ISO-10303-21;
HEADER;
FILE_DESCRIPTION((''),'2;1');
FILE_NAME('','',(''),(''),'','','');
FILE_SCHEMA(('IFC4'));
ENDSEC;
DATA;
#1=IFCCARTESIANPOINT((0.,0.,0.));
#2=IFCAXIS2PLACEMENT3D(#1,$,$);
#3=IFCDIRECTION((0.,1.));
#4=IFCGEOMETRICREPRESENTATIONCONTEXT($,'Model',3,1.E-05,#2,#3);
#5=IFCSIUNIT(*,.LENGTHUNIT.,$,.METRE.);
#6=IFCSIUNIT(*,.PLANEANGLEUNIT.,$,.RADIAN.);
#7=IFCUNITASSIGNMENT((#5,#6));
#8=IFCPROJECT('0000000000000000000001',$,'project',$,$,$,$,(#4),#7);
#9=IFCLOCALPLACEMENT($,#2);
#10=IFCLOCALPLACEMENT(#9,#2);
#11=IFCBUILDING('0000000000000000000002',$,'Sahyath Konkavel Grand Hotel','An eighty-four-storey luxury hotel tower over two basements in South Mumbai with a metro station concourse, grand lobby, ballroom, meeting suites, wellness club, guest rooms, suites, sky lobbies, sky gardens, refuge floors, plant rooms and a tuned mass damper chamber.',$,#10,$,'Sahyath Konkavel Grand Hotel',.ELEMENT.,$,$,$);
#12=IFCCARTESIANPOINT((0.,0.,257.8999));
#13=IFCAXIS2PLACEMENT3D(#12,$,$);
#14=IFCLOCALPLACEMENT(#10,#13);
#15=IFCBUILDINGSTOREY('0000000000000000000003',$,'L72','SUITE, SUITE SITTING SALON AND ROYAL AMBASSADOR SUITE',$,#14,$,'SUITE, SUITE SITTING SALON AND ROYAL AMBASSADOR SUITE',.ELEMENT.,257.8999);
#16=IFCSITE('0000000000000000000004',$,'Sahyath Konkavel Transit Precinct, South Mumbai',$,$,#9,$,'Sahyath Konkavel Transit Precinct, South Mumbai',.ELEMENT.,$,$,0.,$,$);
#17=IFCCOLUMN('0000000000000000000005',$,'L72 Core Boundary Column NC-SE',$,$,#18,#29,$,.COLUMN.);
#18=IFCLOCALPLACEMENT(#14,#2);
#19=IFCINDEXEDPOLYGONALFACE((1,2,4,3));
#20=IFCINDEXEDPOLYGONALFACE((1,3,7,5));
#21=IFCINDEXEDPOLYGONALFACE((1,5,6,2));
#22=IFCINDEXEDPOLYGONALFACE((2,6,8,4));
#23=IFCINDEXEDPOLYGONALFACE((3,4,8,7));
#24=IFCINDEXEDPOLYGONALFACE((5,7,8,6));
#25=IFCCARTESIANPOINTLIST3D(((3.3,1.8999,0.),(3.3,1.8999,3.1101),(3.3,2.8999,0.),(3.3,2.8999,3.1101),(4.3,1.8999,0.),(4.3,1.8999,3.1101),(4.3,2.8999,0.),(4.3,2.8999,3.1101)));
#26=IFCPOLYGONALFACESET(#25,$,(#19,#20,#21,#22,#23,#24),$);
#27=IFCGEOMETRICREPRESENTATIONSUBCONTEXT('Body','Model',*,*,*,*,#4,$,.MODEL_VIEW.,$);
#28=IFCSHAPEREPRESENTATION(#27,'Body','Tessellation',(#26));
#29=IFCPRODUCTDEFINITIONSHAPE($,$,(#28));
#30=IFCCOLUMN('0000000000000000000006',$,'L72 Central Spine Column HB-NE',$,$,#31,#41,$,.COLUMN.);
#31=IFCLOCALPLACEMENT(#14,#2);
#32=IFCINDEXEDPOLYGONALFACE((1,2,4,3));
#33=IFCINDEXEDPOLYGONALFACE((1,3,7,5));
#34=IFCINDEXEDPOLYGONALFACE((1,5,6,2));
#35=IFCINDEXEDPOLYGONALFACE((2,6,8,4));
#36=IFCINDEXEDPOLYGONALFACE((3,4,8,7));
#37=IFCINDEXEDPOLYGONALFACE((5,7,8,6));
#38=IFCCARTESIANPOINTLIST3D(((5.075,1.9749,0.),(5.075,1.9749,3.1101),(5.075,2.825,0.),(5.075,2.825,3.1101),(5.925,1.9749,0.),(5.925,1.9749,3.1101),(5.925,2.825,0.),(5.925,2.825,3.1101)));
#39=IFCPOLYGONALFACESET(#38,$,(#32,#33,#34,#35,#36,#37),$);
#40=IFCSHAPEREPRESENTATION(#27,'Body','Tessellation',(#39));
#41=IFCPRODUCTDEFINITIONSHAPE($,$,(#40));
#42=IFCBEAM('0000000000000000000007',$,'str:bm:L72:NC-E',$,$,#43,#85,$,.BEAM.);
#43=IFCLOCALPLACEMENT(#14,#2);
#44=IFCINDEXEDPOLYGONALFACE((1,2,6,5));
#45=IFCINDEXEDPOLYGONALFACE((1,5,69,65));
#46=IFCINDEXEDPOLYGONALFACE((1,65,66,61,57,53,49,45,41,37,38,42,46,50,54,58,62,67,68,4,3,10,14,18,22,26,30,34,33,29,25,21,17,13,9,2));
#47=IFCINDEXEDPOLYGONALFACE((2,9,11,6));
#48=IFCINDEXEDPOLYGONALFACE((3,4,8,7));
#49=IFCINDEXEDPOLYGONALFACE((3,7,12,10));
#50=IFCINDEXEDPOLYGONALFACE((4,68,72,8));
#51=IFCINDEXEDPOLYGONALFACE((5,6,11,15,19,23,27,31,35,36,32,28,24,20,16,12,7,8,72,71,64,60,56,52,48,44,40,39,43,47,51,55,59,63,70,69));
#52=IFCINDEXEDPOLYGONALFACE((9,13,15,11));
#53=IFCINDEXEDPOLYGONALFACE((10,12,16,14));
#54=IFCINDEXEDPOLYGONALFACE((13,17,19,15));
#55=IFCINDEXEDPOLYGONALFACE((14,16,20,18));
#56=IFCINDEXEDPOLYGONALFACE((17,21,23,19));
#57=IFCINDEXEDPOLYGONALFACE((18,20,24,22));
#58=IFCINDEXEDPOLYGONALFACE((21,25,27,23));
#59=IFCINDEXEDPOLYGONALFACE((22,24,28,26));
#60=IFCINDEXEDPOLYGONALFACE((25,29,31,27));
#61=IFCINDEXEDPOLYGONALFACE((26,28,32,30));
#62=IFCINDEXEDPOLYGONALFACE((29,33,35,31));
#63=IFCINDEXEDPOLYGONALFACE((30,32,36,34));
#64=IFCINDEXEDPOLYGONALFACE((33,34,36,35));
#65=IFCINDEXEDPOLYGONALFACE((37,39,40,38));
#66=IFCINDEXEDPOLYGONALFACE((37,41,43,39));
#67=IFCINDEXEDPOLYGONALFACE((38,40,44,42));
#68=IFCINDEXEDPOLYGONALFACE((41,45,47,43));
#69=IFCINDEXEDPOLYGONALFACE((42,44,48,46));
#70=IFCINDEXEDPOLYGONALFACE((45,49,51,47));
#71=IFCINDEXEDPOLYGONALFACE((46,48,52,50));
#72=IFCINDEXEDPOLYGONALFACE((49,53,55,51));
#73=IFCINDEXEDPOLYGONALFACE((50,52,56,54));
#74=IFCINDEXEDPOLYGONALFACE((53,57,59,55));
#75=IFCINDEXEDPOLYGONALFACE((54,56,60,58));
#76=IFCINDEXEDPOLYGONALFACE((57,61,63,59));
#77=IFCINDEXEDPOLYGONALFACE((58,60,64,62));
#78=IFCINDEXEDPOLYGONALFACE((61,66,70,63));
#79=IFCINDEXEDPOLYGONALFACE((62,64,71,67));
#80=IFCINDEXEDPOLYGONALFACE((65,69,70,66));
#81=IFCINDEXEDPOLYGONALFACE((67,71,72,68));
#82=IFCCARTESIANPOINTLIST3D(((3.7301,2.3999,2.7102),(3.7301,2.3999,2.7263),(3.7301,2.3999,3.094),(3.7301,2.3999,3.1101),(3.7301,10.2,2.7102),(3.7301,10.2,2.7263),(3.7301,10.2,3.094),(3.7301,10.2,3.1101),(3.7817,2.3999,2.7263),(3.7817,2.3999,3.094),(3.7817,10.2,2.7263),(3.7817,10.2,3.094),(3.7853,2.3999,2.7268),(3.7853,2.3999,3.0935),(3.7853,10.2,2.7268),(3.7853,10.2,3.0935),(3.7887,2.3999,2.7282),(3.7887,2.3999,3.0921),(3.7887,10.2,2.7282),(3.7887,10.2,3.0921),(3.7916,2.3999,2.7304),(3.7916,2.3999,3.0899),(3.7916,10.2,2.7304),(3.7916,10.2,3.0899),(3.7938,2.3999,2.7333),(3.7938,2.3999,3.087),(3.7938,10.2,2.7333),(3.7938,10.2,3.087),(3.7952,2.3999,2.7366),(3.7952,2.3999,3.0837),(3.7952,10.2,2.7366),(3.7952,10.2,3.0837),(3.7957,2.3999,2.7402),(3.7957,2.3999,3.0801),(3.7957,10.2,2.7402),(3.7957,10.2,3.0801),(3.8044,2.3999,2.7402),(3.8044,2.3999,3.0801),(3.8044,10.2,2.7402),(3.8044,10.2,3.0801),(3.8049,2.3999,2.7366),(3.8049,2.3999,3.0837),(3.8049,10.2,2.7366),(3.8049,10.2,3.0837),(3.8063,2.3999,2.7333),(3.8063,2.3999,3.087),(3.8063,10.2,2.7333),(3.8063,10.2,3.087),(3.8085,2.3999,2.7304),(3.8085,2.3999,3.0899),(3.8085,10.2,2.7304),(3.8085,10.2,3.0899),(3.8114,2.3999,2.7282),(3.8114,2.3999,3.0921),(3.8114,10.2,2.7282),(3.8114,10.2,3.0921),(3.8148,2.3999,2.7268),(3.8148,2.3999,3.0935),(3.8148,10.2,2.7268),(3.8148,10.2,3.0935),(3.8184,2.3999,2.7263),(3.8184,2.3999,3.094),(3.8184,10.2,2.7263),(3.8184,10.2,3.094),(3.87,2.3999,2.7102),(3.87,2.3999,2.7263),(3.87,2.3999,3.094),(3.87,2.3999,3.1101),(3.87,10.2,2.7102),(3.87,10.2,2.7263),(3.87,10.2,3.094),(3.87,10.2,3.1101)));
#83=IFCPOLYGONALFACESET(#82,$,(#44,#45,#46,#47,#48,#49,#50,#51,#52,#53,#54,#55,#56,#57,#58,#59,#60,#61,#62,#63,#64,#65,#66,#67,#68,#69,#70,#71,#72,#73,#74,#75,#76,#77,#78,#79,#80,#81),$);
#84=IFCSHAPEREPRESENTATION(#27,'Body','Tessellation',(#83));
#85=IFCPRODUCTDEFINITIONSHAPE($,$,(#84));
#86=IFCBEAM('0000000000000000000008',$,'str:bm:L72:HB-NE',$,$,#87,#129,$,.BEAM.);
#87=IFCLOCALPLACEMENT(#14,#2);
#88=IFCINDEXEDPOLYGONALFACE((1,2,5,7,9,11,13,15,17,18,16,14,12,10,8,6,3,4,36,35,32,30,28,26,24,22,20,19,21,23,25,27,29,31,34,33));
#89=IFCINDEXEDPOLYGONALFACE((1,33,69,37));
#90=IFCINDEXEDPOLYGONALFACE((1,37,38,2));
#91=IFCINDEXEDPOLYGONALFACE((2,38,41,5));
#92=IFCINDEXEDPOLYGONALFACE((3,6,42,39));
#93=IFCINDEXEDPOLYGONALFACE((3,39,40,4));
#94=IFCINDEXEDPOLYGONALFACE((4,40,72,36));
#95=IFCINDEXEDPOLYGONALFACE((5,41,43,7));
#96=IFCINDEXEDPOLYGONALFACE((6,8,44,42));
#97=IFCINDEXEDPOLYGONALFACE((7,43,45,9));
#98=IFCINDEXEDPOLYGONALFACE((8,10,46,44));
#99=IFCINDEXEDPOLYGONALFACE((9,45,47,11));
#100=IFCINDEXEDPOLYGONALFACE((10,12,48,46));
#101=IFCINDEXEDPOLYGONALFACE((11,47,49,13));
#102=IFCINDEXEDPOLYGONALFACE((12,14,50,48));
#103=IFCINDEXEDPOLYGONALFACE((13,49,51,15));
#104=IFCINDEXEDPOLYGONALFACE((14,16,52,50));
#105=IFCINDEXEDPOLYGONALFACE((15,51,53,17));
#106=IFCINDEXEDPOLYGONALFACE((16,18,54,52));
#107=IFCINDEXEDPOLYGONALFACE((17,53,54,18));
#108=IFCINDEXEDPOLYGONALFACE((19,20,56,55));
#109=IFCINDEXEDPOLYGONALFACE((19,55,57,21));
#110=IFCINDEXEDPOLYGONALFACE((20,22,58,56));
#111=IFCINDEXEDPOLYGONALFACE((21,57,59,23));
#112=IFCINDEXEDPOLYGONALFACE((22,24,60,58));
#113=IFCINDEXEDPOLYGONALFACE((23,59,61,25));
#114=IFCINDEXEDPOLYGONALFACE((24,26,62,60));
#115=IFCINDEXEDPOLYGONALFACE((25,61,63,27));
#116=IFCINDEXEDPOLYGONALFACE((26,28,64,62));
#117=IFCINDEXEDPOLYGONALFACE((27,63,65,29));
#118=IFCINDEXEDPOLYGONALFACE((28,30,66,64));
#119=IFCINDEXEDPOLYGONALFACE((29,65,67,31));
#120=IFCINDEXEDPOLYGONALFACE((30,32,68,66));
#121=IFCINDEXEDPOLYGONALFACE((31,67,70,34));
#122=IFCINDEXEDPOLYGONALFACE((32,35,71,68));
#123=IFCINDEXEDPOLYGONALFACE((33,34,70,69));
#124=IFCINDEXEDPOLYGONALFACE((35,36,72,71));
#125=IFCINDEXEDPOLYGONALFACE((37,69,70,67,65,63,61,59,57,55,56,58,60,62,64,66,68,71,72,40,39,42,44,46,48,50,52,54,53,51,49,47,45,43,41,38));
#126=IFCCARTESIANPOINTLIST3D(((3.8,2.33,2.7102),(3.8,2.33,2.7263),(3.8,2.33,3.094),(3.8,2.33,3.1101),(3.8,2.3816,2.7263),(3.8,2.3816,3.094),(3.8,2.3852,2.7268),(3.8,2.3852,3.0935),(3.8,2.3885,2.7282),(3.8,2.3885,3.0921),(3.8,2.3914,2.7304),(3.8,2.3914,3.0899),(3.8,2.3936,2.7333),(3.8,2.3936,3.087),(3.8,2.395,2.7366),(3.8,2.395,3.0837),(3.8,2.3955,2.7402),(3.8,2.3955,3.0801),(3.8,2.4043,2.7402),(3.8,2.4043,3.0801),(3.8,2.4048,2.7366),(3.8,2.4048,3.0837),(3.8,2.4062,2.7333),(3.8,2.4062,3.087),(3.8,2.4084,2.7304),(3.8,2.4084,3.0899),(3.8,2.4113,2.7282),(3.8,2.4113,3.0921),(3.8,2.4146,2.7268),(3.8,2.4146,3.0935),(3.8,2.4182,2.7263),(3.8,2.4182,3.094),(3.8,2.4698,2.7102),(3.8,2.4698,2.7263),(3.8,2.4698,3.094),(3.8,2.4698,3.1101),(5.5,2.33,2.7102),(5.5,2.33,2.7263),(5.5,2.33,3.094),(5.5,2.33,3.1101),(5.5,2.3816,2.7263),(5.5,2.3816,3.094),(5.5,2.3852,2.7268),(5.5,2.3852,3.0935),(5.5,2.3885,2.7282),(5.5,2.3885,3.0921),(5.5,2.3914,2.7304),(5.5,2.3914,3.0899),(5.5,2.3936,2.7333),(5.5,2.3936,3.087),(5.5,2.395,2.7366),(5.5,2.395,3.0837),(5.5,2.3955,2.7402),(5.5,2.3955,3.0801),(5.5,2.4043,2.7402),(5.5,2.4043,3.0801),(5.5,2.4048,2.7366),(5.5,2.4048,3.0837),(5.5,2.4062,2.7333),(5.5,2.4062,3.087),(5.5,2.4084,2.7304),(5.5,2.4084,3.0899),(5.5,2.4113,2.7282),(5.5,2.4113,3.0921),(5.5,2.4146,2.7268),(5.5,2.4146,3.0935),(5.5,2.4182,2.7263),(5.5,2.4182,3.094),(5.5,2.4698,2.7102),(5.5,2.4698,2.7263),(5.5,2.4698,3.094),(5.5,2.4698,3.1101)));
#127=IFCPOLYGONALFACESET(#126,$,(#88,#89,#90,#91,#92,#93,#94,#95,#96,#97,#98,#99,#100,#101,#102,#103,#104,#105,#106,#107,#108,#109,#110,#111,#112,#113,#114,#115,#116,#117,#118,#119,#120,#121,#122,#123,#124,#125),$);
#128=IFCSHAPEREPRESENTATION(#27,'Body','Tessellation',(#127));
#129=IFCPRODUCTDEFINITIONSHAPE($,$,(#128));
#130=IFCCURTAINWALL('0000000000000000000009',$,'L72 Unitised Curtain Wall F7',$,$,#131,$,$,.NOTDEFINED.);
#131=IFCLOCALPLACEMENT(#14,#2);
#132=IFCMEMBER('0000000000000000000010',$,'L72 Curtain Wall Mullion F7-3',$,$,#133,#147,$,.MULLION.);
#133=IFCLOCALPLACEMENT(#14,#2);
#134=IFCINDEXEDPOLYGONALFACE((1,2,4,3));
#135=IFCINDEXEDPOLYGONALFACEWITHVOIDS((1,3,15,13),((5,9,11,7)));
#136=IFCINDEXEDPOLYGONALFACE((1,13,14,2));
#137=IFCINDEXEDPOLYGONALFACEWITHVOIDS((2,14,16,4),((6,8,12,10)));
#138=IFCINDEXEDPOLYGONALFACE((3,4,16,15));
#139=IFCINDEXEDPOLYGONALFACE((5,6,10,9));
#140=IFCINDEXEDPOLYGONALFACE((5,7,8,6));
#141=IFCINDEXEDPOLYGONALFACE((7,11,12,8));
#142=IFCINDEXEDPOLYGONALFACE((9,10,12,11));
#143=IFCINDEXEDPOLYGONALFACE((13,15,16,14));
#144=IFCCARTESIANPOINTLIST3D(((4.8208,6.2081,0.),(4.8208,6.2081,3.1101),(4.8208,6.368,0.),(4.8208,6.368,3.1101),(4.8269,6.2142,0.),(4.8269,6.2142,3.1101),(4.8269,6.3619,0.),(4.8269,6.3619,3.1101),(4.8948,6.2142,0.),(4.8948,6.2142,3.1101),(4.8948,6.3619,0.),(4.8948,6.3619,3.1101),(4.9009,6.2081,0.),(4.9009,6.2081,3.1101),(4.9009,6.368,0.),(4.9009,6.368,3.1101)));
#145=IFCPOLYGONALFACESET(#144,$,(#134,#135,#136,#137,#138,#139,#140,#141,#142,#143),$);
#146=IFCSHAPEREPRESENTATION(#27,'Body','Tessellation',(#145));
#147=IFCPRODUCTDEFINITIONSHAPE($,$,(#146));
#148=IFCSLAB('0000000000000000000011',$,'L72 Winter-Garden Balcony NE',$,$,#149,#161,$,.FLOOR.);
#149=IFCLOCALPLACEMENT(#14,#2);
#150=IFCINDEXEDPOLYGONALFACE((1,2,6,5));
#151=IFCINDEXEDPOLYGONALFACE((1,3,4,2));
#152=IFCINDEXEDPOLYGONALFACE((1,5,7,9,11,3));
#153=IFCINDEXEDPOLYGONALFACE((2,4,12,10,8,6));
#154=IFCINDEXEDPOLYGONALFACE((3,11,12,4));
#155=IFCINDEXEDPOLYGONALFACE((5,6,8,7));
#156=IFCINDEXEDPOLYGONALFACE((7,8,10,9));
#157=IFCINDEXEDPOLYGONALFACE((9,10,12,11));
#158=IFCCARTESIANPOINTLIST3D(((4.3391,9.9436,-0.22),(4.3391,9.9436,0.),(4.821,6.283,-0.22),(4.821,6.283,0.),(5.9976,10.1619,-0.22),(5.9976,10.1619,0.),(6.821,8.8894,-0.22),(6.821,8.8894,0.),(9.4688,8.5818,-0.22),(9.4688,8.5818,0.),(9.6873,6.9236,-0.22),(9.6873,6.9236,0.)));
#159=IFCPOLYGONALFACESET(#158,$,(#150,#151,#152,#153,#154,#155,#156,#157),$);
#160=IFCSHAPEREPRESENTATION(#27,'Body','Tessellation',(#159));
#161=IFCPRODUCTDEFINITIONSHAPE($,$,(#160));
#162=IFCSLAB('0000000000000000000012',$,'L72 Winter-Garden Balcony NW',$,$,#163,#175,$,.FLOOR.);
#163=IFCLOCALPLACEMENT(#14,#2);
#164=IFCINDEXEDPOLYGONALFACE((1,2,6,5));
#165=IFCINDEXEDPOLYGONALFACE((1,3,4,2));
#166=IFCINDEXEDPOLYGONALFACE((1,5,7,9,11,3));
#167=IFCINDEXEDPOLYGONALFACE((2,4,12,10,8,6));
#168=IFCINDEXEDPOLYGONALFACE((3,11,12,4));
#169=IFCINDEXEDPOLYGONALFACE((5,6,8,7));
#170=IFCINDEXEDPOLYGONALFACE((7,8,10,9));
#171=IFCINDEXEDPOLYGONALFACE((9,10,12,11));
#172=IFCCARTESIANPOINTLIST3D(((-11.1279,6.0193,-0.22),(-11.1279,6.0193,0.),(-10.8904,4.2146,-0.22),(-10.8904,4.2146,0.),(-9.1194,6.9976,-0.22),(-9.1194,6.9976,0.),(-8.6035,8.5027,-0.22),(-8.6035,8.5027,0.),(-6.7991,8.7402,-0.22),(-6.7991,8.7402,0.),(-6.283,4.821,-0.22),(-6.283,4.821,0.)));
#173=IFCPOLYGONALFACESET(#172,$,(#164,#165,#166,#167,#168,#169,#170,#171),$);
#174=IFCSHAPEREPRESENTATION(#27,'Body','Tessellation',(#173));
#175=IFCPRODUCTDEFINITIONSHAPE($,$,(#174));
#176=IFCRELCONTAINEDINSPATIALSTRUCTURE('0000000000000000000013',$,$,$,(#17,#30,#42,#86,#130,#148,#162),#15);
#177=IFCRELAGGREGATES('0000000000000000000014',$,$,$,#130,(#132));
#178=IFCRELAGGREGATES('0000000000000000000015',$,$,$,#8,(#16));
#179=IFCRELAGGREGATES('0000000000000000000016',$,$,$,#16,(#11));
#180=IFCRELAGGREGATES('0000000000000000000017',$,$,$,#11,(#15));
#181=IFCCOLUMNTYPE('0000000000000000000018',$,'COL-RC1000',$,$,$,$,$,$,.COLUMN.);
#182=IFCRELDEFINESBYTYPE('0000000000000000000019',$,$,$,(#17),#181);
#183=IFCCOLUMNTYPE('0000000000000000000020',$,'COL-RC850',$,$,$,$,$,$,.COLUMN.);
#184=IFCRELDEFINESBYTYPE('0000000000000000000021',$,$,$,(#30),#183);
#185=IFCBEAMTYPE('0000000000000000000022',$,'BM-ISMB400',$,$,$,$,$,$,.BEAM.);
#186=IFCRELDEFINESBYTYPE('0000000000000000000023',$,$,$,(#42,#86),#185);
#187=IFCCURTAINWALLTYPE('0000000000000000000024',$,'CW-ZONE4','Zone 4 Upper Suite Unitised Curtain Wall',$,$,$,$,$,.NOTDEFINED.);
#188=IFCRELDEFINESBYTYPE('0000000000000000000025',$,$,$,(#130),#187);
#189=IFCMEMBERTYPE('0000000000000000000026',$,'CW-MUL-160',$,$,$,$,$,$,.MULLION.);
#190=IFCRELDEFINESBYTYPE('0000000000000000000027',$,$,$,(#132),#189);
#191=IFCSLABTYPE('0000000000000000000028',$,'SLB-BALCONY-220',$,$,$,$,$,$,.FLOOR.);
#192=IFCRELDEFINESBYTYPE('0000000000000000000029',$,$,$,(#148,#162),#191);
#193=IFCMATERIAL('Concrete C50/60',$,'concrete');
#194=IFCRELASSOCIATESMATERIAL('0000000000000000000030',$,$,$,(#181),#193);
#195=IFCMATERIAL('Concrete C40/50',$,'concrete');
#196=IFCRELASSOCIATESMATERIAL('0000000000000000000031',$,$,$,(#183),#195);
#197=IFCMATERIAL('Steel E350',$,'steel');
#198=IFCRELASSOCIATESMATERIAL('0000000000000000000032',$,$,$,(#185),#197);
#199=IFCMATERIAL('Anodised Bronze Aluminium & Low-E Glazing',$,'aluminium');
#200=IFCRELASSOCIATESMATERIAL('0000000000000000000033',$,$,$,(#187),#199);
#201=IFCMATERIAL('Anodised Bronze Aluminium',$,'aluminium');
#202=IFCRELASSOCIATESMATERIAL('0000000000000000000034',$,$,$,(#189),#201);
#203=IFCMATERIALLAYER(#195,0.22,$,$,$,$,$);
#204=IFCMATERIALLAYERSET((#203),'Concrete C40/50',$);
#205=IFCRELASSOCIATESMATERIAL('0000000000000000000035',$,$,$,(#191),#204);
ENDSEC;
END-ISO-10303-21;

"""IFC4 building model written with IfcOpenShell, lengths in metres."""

from ifc_helpers import new_model, si_unit, direction, frame, origin, origin_2d, place, context, subcontext, project, spatial, polyline, rectangle, hollow_rectangle, i_section, outline, extrude, source, transform, mapped, material, layer, layer_set, material_profile, profile_set, type_object, element, aggregate, save


model = new_model("IFC4")

# Units and contexts
model_context = context("Model", 3, precision=1e-05, world=origin(), true_north=direction((0.0, 1.0)))
body_context = subcontext(model_context, "Body", "Model", "MODEL_VIEW")
ifc_project = project(units=[si_unit("LENGTHUNIT", "METRE"), si_unit("PLANEANGLEUNIT", "RADIAN")], contexts=[model_context])

# Site, building, storey
site_placement = place(None, origin())
site = spatial("IfcSite", under=ifc_project, at=site_placement, Name="Sahyath Konkavel Transit Precinct, South Mumbai", LongName="Sahyath Konkavel Transit Precinct, South Mumbai", CompositionType="ELEMENT", RefElevation=0.0)
building_placement = place(site_placement, origin())
building = spatial("IfcBuilding", under=site, at=building_placement, Name="Sahyath Konkavel Grand Hotel", Description="An eighty-four-storey luxury hotel tower over two basements in South Mumbai with a metro station concourse, grand lobby, ballroom, meeting suites, wellness club, guest rooms, suites, sky lobbies, sky gardens, refuge floors, plant rooms and a tuned mass damper chamber.", LongName="Sahyath Konkavel Grand Hotel", CompositionType="ELEMENT")
storey_placement = place(building_placement, frame((0.0, 0.0, 257.8999)))
storey = spatial("IfcBuildingStorey", under=building, at=storey_placement, Name="L72", Description="SUITE, SUITE SITTING SALON AND ROYAL AMBASSADOR SUITE", LongName="SUITE, SUITE SITTING SALON AND ROYAL AMBASSADOR SUITE", CompositionType="ELEMENT", Elevation=257.8999)

# Columns
ifc_material_1 = material(Name="Concrete C50/60", Category="concrete")
ifc_material_profile_1 = material_profile(ifc_material_1, rectangle(XDim=1.0, YDim=1.0, at=origin_2d()), Name="RC 1000x1000")
ifc_profile_set_1 = profile_set([ifc_material_profile_1], Name="Concrete C50/60")
column_type_1 = type_object("IfcColumnType", Name="COL-RC1000", PredefinedType="COLUMN", material=ifc_profile_set_1)
shared_shape_1 = source(origin(), body_context, "Body", "SweptSolid", [
    extrude(rectangle(XDim=1.0, YDim=1.0, at=origin_2d()), origin(), (0.0, 0.0, 1.0), 3.1101),
])
column_1_placement = place(storey_placement, frame((3.8, 2.3999, 0.0), z_axis=(0.0, 0.0, 1.0), x_axis=(1.0, 0.0, 0.0)))
element("IfcColumn", 1, at=column_1_placement, inside=storey, type_object=column_type_1, Name="L72 Core Boundary Column NC-SE", PredefinedType="COLUMN", context=body_context, shape_type="MappedRepresentation", body=[
    mapped(shared_shape_1, transform((0.0, 0.0, 0.0), scale=1.0)),
])
ifc_material_2 = material(Name="Concrete C40/50", Category="concrete")
ifc_material_profile_2 = material_profile(ifc_material_2, rectangle(XDim=0.8501, YDim=0.8501, at=origin_2d()), Name="RC 850x850")
ifc_profile_set_2 = profile_set([ifc_material_profile_2], Name="Concrete C40/50")
column_type_2 = type_object("IfcColumnType", Name="COL-RC850", PredefinedType="COLUMN", material=ifc_profile_set_2)
shared_shape_2 = source(origin(), body_context, "Body", "SweptSolid", [
    extrude(rectangle(XDim=0.8501, YDim=0.8501, at=origin_2d()), origin(), (0.0, 0.0, 1.0), 3.1101),
])
column_2_placement = place(storey_placement, frame((5.5, 2.3999, 0.0), z_axis=(0.0, 0.0, 1.0), x_axis=(1.0, 0.0, 0.0)))
element("IfcColumn", 2, at=column_2_placement, inside=storey, type_object=column_type_2, Name="L72 Central Spine Column HB-NE", PredefinedType="COLUMN", context=body_context, shape_type="MappedRepresentation", body=[
    mapped(shared_shape_2, transform((0.0, 0.0, 0.0), scale=1.0)),
])

# Beams
ifc_material_3 = material(Name="Steel E350", Category="steel")
ifc_material_profile_3 = material_profile(ifc_material_3, i_section(OverallWidth=0.1399, OverallDepth=0.3999, WebThickness=0.0088, FlangeThickness=0.0161, FilletRadius=0.0139, at=origin_2d()), Name="ISMB 400")
ifc_profile_set_3 = profile_set([ifc_material_profile_3], Name="Steel E350")
beam_type = type_object("IfcBeamType", Name="BM-ISMB400", PredefinedType="BEAM", material=ifc_profile_set_3)
shared_shape_3 = source(origin(), body_context, "Body", "SweptSolid", [
    extrude(i_section(OverallWidth=0.1399, OverallDepth=0.3999, WebThickness=0.0088, FlangeThickness=0.0161, FilletRadius=0.0139, at=origin_2d()), origin(), (0.0, 0.0, 1.0), 7.8),
])
beam_1_placement = place(storey_placement, frame((3.8, 2.3999, 2.9102), z_axis=(0.0, 1.0, 0.0), x_axis=(-1.0, 0.0, 0.0)))
element("IfcBeam", 3, at=beam_1_placement, inside=storey, type_object=beam_type, Name="str:bm:L72:NC-E", PredefinedType="BEAM", context=body_context, shape_type="MappedRepresentation", body=[
    mapped(shared_shape_3, transform((0.0, 0.0, 0.0), scale=1.0)),
])
shared_shape_4 = source(origin(), body_context, "Body", "SweptSolid", [
    extrude(i_section(OverallWidth=0.1399, OverallDepth=0.3999, WebThickness=0.0088, FlangeThickness=0.0161, FilletRadius=0.0139, at=origin_2d()), origin(), (0.0, 0.0, 1.0), 1.7),
])
beam_2_placement = place(storey_placement, frame((3.8, 2.3999, 2.9102), z_axis=(1.0, 0.0, 0.0), x_axis=(0.0, 1.0, 0.0)))
element("IfcBeam", 4, at=beam_2_placement, inside=storey, type_object=beam_type, Name="str:bm:L72:HB-NE", PredefinedType="BEAM", context=body_context, shape_type="MappedRepresentation", body=[
    mapped(shared_shape_4, transform((0.0, 0.0, 0.0), scale=1.0)),
])

# Curtain wall, member
ifc_material_4 = material(Name="Anodised Bronze Aluminium & Low-E Glazing", Category="aluminium")
curtain_wall_type = type_object("IfcCurtainWallType", Name="CW-ZONE4", Description="Zone 4 Upper Suite Unitised Curtain Wall", PredefinedType="NOTDEFINED", material=ifc_material_4)
curtain_wall_placement = place(storey_placement, origin())
curtain_wall = element("IfcCurtainWall", 5, at=curtain_wall_placement, inside=storey, type_object=curtain_wall_type, Name="L72 Unitised Curtain Wall F7", PredefinedType="NOTDEFINED")
ifc_material_5 = material(Name="Anodised Bronze Aluminium", Category="aluminium")
ifc_material_profile_4 = material_profile(ifc_material_5, hollow_rectangle(XDim=0.0801, YDim=0.1599, WallThickness=0.0061, at=origin_2d()), Name="RHS 160x80x6")
ifc_profile_set_4 = profile_set([ifc_material_profile_4], Name="Anodised Bronze Aluminium")
member_type = type_object("IfcMemberType", Name="CW-MUL-160", PredefinedType="MULLION", material=ifc_profile_set_4)
shared_shape_5 = source(origin(), body_context, "Body", "SweptSolid", [
    extrude(hollow_rectangle(XDim=0.0801, YDim=0.1599, WallThickness=0.0061, at=origin_2d()), origin(), (0.0, 0.0, 1.0), 3.1101),
])
member_placement = place(storey_placement, frame((4.8608, 6.2881, 0.0), z_axis=(0.0, 0.0, 1.0), x_axis=(1.0, 0.0, 0.0)))
member = element("IfcMember", 6, at=member_placement, type_object=member_type, Name="L72 Curtain Wall Mullion F7-3", PredefinedType="MULLION", context=body_context, shape_type="MappedRepresentation", body=[
    mapped(shared_shape_5, transform((0.0, 0.0, 0.0), scale=1.0)),
])
aggregate(curtain_wall, [member])

# Slabs
ifc_layer_1 = layer(ifc_material_2, 0.22)
ifc_layer_set_1 = layer_set([ifc_layer_1], Name="Concrete C40/50")
slab_type = type_object("IfcSlabType", Name="SLB-BALCONY-220", PredefinedType="FLOOR", material=ifc_layer_set_1)
slab_1_placement = place(storey_placement, frame((0.0, 0.0, -0.22)))
element("IfcSlab", 7, at=slab_1_placement, inside=storey, type_object=slab_type, Name="L72 Winter-Garden Balcony NE", PredefinedType="FLOOR", context=body_context, shape_type="SweptSolid", body=[
    extrude(outline(polyline([(4.821, 6.283), (9.6873, 6.9236), (9.4688, 8.5818), (6.821, 8.8894), (5.9976, 10.1619), (4.3391, 9.9436), (4.821, 6.283)])), origin(), (0.0, 0.0, 1.0), 0.22),
])
slab_2_placement = place(storey_placement, frame((0.0, 0.0, -0.22)))
element("IfcSlab", 8, at=slab_2_placement, inside=storey, type_object=slab_type, Name="L72 Winter-Garden Balcony NW", PredefinedType="FLOOR", context=body_context, shape_type="SweptSolid", body=[
    extrude(outline(polyline([(-6.283, 4.821), (-6.7991, 8.7402), (-8.6035, 8.5027), (-9.1194, 6.9976), (-11.1279, 6.0193), (-10.8904, 4.2146), (-6.283, 4.821)])), origin(), (0.0, 0.0, 1.0), 0.22),
])

save(model, "model.ifc")
